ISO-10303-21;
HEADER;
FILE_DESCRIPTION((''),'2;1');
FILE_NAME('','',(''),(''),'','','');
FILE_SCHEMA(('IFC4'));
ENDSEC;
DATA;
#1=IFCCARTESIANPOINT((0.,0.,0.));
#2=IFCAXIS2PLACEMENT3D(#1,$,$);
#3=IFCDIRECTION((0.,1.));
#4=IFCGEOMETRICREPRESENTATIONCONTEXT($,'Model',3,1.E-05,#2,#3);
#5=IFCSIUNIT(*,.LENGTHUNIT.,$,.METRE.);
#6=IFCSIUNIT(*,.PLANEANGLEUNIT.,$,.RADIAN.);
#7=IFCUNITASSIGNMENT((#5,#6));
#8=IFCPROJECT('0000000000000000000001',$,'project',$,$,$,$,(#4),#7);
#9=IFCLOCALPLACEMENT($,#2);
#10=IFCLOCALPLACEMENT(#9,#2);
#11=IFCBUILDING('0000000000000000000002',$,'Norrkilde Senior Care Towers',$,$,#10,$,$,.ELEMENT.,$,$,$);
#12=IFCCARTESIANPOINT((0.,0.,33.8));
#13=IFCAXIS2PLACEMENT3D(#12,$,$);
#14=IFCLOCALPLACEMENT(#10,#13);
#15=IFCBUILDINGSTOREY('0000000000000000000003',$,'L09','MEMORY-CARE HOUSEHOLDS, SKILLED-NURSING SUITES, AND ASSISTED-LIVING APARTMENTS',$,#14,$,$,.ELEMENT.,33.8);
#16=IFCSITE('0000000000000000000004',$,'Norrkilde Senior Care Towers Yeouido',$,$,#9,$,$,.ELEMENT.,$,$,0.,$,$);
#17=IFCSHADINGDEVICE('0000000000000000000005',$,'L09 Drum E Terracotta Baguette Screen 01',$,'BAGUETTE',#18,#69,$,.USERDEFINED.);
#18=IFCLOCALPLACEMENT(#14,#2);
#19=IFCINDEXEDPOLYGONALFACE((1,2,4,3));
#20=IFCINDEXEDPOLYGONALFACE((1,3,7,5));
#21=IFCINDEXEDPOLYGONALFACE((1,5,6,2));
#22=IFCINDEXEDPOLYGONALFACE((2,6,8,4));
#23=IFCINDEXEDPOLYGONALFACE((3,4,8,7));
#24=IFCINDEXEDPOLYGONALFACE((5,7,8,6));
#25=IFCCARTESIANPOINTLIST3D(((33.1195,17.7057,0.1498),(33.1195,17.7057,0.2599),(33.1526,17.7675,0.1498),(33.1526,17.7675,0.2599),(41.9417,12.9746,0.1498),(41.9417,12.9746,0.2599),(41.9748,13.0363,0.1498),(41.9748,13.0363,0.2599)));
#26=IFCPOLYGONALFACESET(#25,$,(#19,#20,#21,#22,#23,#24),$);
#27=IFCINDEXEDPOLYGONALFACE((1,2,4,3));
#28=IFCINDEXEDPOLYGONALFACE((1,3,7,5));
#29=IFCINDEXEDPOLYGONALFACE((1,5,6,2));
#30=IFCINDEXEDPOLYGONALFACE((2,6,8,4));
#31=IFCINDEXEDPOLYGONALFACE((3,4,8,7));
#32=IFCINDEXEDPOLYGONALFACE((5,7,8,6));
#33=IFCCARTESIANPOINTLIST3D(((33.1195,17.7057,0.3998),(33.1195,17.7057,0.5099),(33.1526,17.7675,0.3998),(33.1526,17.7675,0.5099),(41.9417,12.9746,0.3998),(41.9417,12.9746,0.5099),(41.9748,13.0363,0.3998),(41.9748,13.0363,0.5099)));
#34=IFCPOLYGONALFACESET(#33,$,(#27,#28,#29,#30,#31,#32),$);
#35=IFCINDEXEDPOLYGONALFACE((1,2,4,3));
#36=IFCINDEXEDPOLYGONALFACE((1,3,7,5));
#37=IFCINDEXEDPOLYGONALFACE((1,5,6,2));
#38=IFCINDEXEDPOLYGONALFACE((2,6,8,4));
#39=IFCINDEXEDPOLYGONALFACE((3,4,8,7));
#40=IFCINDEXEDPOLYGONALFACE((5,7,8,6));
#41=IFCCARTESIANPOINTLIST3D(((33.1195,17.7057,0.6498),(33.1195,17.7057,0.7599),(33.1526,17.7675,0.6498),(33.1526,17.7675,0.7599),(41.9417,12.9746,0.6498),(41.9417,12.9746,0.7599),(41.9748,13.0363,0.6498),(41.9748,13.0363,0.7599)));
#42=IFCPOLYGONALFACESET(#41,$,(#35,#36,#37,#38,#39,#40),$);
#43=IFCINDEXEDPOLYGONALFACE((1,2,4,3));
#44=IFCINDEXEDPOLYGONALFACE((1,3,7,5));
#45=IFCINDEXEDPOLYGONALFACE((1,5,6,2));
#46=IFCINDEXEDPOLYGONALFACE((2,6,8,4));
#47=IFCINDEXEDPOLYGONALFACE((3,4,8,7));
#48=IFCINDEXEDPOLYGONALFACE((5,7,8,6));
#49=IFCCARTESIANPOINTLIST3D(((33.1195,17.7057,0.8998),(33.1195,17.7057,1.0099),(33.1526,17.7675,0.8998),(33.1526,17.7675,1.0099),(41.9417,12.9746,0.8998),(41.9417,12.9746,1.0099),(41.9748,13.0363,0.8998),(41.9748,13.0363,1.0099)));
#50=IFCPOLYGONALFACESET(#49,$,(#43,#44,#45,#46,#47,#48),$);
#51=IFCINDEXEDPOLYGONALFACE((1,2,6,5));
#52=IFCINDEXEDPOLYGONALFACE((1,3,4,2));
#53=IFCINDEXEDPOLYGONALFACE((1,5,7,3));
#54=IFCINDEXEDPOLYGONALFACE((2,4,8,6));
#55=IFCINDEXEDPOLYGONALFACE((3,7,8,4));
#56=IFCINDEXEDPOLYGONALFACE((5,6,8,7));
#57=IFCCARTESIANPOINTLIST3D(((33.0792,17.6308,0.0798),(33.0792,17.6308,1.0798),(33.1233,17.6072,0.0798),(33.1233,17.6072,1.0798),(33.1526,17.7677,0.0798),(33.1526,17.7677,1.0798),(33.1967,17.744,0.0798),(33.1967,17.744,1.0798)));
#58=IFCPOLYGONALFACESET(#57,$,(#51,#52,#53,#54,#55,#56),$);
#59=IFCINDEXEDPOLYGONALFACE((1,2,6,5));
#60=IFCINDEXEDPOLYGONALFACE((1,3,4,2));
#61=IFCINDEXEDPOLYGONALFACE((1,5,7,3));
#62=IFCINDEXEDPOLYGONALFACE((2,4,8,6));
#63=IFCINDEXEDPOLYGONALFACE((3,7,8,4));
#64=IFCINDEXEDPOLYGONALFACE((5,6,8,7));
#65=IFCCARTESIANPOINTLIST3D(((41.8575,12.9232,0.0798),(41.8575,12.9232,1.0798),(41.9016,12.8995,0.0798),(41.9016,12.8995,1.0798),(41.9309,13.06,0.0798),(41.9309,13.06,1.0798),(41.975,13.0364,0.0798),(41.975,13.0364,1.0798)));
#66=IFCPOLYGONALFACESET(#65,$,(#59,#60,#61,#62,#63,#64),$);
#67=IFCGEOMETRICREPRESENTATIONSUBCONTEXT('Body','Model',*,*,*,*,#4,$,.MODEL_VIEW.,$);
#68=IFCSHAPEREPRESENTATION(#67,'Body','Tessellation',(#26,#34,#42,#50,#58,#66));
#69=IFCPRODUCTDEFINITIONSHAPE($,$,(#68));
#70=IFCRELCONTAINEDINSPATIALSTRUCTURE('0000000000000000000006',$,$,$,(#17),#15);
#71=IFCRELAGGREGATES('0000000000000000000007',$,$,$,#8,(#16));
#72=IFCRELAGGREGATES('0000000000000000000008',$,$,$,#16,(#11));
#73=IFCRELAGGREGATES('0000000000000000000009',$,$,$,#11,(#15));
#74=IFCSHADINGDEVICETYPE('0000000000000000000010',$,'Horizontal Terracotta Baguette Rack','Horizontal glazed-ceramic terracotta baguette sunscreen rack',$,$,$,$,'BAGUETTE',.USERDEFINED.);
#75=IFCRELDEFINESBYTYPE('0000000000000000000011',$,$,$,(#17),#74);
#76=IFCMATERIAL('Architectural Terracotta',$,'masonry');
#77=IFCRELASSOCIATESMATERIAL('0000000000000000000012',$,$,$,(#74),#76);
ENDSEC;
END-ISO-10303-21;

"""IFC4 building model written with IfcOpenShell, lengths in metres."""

from ifc_helpers import new_model, si_unit, direction, frame, origin, origin_2d, place, context, subcontext, project, spatial, rectangle, extrude, source, transform, mapped, material, type_object, type_shapes, element, save


model = new_model("IFC4")

# Units and contexts
model_context = context("Model", 3, precision=1e-05, world=origin(), true_north=direction((0.0, 1.0)))
body_context = subcontext(model_context, "Body", "Model", "MODEL_VIEW")
ifc_project = project(units=[si_unit("LENGTHUNIT", "METRE"), si_unit("PLANEANGLEUNIT", "RADIAN")], contexts=[model_context])

# Site, building, storey
site_placement = place(None, origin())
site = spatial("IfcSite", under=ifc_project, at=site_placement, Name="Norrkilde Senior Care Towers Yeouido", CompositionType="ELEMENT", RefElevation=0.0)
building_placement = place(site_placement, origin())
building = spatial("IfcBuilding", under=site, at=building_placement, Name="Norrkilde Senior Care Towers", CompositionType="ELEMENT")
storey_placement = place(building_placement, frame((0.0, 0.0, 33.8)))
storey = spatial("IfcBuildingStorey", under=building, at=storey_placement, Name="L09", Description="MEMORY-CARE HOUSEHOLDS, SKILLED-NURSING SUITES, AND ASSISTED-LIVING APARTMENTS", CompositionType="ELEMENT", Elevation=33.8)

# Shading device
ifc_material_1 = material(Name="Architectural Terracotta", Category="masonry")
shading_device_type = type_object("IfcShadingDeviceType", Name="Horizontal Terracotta Baguette Rack", Description="Horizontal glazed-ceramic terracotta baguette sunscreen rack", ElementType="BAGUETTE", PredefinedType="USERDEFINED", material=ifc_material_1)
shared_shape_1 = source(origin(), body_context, "Body", "SweptSolid", [
    extrude(rectangle(XDim=0.0701, YDim=0.1101, at=origin_2d()), frame((0.0, 0.0901, 0.125), z_axis=(1.0, 0.0, 0.0), x_axis=(0.0, 1.0, 0.0)), (0.0, 0.0, 1.0), 10.0107),
    extrude(rectangle(XDim=0.0701, YDim=0.1101, at=origin_2d()), frame((0.0, 0.0901, 0.375), z_axis=(1.0, 0.0, 0.0), x_axis=(0.0, 1.0, 0.0)), (0.0, 0.0, 1.0), 10.0107),
    extrude(rectangle(XDim=0.0701, YDim=0.1101, at=origin_2d()), frame((0.0, 0.0901, 0.625), z_axis=(1.0, 0.0, 0.0), x_axis=(0.0, 1.0, 0.0)), (0.0, 0.0, 1.0), 10.0107),
    extrude(rectangle(XDim=0.0701, YDim=0.1101, at=origin_2d()), frame((0.0, 0.0901, 0.875), z_axis=(1.0, 0.0, 0.0), x_axis=(0.0, 1.0, 0.0)), (0.0, 0.0, 1.0), 10.0107),
    extrude(rectangle(XDim=0.05, YDim=0.1553, at=origin_2d()), frame((0.0249, 0.0476, 0.0)), (0.0, 0.0, 1.0), 1.0),
    extrude(rectangle(XDim=0.05, YDim=0.1553, at=origin_2d()), frame((9.9858, 0.0476, 0.0)), (0.0, 0.0, 1.0), 1.0),
])
type_shapes(shading_device_type, [shared_shape_1])
shading_device_placement = place(storey_placement, frame((33.0935, 17.6572, 0.0798), z_axis=(0.0, 0.0, 1.0), x_axis=(0.88128, -0.472612, 0.0)))
element("IfcShadingDevice", 1, at=shading_device_placement, inside=storey, type_object=shading_device_type, Name="L09 Drum E Terracotta Baguette Screen 01", ObjectType="BAGUETTE", PredefinedType="USERDEFINED", context=body_context, shape_type="MappedRepresentation", body=[
    mapped(shared_shape_1, transform((0.0, 0.0, 0.0), x_axis=(1.0, 0.0, 0.0), y_axis=(0.0, 1.0, 0.0), z_axis=(0.0, 0.0, 1.0), scale=1.0)),
])

save(model, "model.ifc")
